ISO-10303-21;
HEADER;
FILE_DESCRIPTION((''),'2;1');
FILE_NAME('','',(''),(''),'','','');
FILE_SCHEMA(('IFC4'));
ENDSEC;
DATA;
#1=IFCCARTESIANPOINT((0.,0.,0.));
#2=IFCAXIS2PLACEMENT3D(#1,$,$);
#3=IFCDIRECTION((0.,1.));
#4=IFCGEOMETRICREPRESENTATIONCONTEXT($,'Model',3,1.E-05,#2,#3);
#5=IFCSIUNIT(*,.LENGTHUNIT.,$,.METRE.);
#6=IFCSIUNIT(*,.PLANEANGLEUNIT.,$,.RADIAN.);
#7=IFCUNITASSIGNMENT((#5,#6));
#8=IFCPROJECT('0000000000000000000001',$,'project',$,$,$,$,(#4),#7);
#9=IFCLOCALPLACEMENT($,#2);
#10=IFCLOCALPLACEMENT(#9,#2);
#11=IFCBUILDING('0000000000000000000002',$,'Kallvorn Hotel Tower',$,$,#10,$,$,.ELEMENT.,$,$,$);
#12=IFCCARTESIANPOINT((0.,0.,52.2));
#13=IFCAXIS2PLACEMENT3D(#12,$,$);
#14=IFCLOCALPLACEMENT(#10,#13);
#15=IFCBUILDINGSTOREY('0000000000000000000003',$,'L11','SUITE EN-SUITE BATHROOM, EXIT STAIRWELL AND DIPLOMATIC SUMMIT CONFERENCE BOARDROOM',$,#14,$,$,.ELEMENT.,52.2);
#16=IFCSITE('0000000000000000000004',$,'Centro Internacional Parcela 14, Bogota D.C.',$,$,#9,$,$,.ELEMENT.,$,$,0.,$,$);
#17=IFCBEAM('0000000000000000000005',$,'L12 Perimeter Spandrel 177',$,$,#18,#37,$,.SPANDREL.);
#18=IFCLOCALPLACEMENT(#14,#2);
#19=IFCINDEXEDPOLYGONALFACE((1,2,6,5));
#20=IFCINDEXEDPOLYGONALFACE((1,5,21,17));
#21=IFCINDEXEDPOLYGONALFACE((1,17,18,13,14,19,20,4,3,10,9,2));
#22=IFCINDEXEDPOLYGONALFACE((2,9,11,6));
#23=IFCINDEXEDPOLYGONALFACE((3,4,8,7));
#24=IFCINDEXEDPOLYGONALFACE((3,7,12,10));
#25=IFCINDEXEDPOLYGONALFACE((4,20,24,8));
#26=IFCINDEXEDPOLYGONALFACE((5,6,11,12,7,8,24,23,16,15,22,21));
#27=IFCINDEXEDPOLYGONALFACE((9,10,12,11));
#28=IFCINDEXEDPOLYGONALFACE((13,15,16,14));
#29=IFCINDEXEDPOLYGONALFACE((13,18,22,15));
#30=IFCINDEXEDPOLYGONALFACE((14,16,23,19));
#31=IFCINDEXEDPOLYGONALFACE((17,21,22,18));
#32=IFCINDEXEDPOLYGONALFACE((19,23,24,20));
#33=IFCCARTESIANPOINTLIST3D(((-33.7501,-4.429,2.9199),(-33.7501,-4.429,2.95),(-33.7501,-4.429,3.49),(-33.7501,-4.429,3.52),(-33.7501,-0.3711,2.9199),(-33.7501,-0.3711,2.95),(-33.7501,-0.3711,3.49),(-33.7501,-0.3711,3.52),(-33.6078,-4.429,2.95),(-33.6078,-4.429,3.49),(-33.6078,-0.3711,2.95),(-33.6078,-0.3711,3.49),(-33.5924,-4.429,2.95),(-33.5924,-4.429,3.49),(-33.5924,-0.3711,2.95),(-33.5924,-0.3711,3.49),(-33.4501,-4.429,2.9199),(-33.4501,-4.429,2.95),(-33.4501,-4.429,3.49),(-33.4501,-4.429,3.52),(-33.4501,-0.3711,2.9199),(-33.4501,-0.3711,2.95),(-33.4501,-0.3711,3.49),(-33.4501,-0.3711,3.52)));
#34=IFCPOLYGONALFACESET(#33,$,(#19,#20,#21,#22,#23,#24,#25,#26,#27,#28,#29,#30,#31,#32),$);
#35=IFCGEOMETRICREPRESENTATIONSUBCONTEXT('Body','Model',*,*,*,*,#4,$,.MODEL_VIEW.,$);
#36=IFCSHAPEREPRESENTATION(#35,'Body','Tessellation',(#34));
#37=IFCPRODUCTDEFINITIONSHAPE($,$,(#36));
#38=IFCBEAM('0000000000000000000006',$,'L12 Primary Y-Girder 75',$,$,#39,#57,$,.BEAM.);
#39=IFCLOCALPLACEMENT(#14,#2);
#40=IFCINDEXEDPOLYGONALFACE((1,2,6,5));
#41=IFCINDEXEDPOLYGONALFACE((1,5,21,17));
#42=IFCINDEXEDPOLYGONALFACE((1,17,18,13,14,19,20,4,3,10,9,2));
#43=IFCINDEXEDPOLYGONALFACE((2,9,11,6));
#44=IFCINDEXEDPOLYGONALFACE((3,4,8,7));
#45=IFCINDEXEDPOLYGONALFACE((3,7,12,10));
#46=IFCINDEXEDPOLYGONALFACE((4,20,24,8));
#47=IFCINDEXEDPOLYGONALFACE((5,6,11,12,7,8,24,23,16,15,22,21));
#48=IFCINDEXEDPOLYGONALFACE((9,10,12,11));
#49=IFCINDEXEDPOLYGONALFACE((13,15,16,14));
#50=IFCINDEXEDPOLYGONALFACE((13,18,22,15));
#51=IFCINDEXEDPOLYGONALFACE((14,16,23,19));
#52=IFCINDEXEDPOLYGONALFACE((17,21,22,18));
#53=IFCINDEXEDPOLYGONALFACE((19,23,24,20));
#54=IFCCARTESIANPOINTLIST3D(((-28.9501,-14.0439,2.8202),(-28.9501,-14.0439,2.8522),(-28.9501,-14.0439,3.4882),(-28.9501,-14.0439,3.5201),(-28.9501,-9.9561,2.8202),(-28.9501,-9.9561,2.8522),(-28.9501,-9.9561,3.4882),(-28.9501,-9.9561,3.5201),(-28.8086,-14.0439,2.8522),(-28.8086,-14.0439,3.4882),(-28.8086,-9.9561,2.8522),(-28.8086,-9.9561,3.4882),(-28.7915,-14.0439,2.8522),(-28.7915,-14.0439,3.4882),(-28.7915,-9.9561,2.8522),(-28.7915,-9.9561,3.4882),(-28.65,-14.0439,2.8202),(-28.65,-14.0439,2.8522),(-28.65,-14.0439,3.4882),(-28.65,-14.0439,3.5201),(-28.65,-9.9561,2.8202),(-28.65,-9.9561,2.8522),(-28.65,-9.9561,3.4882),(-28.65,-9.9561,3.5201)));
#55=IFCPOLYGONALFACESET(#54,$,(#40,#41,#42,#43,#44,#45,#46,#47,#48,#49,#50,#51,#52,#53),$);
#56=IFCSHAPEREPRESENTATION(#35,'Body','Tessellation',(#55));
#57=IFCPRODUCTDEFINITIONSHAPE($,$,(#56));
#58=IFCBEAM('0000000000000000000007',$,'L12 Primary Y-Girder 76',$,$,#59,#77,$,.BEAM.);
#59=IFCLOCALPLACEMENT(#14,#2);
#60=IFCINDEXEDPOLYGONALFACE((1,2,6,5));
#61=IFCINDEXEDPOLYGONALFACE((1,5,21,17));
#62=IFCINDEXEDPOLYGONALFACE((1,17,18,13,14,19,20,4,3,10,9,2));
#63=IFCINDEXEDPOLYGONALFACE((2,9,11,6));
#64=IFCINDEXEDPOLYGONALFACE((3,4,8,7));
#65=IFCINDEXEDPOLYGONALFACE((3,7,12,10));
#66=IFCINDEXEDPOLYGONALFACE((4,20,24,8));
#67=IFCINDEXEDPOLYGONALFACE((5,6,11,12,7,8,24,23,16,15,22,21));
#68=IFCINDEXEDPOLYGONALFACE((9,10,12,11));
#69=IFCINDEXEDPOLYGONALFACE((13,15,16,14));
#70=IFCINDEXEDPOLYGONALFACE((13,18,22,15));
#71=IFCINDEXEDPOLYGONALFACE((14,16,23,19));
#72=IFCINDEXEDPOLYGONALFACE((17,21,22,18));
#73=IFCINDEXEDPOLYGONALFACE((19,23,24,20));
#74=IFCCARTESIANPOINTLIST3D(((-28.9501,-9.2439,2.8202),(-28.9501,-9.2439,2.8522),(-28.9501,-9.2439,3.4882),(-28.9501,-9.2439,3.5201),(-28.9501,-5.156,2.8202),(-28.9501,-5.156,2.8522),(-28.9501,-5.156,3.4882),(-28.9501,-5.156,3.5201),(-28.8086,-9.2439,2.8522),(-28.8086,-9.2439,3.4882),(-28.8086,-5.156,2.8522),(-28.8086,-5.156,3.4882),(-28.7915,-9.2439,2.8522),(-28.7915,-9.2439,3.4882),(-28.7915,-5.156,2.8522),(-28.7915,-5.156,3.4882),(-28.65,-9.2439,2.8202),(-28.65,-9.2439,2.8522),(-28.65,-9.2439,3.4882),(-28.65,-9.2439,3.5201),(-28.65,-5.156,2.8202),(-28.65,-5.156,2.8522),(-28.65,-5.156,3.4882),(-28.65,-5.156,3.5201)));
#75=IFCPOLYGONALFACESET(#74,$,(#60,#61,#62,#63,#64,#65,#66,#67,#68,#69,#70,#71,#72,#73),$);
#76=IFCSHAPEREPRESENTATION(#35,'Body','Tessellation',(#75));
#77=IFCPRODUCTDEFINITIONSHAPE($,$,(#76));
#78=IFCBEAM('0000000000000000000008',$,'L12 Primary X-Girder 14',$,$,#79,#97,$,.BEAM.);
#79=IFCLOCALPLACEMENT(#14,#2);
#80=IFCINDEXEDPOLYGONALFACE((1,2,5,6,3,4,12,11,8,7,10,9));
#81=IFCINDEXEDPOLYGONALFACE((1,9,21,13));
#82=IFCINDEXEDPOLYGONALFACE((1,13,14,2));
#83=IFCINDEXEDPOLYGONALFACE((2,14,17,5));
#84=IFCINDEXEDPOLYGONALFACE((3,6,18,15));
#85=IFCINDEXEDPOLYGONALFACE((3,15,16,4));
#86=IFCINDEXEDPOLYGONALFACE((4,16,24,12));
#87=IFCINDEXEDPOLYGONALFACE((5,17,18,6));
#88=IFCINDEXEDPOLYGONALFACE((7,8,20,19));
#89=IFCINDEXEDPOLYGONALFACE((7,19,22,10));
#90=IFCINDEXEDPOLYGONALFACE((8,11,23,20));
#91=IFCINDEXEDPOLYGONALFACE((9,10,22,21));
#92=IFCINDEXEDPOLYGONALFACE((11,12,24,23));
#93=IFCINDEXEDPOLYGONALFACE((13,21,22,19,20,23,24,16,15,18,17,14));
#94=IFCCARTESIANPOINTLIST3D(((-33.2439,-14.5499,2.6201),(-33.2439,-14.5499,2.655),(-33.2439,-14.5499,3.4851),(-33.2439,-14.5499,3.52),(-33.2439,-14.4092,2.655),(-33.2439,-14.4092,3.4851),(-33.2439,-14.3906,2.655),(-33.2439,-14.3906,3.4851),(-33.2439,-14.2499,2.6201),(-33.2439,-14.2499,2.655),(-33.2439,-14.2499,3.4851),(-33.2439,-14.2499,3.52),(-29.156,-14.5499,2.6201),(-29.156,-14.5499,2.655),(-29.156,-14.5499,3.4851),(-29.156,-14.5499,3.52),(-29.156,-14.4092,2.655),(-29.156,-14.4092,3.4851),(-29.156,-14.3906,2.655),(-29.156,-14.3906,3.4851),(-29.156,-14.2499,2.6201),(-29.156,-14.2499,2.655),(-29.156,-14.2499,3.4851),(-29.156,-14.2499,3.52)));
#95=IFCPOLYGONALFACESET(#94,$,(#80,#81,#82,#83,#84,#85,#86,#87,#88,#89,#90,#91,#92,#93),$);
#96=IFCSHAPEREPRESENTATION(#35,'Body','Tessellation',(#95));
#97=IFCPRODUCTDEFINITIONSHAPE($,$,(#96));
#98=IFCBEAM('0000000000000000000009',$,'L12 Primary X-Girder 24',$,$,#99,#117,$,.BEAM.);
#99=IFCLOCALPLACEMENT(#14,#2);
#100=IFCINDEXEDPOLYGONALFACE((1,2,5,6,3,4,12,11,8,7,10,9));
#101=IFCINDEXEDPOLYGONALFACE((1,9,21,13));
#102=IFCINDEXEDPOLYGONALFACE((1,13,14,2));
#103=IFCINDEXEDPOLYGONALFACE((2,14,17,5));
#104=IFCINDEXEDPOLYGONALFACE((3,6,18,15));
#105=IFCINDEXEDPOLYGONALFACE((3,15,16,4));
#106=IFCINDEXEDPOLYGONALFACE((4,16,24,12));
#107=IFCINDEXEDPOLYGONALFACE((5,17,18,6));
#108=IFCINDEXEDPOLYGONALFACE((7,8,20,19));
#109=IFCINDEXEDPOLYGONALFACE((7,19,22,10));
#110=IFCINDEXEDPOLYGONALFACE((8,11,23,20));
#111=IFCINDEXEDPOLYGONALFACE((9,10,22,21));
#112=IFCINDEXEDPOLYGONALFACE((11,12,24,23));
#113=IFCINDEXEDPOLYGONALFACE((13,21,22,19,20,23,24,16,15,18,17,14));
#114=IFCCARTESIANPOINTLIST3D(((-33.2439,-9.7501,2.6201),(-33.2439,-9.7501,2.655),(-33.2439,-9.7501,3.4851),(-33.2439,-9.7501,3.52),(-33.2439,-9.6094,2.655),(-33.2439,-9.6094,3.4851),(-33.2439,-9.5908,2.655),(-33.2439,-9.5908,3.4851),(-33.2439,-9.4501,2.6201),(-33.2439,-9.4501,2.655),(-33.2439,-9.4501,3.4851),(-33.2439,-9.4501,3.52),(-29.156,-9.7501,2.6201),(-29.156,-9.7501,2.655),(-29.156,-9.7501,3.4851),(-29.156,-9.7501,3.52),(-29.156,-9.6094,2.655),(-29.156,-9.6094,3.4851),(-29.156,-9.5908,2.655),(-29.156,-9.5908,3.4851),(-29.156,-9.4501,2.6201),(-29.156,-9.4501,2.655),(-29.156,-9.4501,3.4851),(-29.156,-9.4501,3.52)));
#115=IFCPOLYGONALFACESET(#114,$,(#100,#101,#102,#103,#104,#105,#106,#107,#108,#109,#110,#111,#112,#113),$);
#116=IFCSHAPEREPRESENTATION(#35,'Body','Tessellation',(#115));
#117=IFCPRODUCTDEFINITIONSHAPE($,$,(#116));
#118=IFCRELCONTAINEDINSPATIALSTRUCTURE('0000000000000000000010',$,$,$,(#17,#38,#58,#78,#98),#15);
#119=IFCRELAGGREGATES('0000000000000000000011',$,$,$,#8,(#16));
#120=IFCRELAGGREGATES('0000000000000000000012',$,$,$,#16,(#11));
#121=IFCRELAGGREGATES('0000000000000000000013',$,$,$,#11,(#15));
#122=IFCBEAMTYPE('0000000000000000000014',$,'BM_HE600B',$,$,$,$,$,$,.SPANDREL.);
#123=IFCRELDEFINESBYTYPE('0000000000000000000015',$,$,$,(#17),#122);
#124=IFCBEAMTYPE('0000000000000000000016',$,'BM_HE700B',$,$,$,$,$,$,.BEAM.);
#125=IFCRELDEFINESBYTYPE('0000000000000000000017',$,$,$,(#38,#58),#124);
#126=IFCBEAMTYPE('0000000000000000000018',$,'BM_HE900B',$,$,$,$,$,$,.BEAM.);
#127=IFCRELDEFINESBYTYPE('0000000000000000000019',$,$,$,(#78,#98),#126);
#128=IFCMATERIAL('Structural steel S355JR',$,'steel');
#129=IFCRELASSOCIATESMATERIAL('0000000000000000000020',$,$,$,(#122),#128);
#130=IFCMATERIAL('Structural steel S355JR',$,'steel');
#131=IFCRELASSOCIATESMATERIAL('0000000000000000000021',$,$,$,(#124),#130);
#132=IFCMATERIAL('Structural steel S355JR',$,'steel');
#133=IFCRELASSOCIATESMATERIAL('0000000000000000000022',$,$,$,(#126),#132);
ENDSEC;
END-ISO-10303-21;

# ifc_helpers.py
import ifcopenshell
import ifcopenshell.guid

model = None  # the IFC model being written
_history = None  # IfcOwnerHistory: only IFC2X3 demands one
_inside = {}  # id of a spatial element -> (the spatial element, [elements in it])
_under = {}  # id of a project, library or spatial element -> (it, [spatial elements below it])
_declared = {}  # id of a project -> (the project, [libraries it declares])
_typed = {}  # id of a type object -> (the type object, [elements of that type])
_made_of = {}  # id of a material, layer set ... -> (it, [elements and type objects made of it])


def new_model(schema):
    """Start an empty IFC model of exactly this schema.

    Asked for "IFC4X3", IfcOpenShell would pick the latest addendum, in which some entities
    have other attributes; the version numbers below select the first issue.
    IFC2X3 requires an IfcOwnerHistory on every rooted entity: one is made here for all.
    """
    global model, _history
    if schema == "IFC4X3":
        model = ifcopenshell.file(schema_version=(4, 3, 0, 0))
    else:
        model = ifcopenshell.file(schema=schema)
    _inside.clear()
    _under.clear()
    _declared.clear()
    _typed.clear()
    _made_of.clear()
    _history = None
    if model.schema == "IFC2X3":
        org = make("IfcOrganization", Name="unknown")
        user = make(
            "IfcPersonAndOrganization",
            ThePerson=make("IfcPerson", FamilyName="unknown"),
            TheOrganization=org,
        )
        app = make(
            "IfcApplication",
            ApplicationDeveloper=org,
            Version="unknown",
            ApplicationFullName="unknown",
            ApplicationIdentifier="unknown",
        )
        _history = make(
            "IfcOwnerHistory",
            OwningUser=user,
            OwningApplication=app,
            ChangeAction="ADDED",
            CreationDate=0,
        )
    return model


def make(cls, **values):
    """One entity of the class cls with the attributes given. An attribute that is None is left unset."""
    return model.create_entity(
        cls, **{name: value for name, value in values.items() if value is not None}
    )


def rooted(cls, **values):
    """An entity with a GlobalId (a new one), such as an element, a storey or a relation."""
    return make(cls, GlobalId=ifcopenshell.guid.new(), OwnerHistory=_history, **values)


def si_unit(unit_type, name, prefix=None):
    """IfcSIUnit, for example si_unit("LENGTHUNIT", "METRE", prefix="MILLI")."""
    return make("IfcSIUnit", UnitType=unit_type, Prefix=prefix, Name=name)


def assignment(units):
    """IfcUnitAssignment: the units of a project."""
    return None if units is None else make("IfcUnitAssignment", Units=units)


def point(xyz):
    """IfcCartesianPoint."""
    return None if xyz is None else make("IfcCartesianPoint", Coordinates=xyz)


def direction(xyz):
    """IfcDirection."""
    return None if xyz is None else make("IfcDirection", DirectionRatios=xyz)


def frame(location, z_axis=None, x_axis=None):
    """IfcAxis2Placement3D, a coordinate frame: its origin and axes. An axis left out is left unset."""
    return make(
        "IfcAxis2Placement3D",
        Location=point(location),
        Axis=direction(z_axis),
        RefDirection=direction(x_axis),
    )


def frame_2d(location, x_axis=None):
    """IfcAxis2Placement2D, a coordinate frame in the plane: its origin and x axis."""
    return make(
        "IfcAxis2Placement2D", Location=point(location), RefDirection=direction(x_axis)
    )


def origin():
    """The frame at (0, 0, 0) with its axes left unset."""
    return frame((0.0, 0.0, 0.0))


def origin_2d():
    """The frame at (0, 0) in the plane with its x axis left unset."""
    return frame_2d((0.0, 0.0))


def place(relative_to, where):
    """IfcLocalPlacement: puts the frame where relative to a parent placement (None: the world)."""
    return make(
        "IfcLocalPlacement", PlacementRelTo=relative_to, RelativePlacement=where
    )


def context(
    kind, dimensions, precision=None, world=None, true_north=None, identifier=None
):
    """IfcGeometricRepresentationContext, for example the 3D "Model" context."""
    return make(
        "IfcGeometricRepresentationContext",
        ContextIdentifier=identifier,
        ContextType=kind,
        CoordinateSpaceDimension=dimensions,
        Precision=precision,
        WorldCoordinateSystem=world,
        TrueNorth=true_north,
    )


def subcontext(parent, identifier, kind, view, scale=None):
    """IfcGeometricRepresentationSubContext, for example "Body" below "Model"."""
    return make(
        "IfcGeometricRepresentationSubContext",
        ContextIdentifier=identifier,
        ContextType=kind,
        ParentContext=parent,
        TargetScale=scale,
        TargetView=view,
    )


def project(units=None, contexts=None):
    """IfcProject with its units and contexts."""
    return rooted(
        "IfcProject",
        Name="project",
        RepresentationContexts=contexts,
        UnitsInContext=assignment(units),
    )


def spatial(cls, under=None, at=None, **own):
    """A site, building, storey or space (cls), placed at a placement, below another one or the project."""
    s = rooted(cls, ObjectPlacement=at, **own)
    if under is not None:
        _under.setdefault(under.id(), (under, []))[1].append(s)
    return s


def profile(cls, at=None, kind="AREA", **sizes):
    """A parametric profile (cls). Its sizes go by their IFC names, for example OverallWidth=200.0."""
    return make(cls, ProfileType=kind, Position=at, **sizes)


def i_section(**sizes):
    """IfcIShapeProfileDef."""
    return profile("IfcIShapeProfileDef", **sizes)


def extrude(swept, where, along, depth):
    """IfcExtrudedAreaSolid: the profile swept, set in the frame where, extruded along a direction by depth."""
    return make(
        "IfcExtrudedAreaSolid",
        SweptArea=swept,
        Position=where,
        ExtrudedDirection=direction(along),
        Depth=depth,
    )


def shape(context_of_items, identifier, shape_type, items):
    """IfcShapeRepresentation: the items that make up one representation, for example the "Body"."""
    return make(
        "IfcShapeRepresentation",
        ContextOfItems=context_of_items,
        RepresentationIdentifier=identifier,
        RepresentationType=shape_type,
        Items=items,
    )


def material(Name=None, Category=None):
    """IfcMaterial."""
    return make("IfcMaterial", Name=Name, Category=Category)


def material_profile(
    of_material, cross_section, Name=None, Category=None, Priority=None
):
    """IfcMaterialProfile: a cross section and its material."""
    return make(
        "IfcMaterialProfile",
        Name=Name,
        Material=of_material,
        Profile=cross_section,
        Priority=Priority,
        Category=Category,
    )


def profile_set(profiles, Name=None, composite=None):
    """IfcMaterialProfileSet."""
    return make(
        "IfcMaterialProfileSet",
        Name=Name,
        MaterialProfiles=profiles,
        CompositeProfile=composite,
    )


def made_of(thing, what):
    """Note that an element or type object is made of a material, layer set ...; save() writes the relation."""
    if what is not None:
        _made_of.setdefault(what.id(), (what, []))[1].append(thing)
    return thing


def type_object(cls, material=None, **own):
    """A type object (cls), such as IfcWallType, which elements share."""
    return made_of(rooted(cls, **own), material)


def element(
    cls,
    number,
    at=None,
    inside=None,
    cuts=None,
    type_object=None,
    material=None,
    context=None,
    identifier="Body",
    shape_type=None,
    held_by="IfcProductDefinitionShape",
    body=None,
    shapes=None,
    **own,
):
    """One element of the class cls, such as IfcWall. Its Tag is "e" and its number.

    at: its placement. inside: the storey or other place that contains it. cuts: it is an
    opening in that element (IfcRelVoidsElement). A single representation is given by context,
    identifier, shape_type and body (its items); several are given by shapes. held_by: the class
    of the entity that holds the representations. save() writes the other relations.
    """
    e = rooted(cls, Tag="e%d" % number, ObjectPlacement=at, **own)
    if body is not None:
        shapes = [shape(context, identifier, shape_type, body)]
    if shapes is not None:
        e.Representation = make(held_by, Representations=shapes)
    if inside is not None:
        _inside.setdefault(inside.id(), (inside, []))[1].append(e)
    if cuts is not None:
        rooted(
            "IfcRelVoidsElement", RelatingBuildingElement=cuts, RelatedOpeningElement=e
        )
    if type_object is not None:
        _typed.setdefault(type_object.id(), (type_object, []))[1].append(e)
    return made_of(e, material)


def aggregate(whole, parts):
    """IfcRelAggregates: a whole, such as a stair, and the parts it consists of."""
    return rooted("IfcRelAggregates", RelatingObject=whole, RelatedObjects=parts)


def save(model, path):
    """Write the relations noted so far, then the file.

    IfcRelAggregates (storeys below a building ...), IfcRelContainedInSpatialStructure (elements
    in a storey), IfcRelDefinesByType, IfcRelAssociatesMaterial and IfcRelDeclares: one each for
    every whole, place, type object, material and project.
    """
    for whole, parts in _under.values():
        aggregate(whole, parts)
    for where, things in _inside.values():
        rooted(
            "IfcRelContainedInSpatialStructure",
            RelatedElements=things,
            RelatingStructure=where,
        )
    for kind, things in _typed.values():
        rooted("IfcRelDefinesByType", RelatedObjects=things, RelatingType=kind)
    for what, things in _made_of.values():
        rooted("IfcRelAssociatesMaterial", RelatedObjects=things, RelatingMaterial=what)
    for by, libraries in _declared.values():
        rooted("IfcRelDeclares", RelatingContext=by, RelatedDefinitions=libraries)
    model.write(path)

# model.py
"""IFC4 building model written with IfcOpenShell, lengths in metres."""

from ifc_helpers import new_model, si_unit, direction, frame, origin, origin_2d, place, context, subcontext, project, spatial, i_section, extrude, material, material_profile, profile_set, type_object, element, save


model = new_model("IFC4")

# Units and contexts
model_context = context("Model", 3, precision=1e-05, world=origin(), true_north=direction((0.0, 1.0)))
body_context = subcontext(model_context, "Body", "Model", "MODEL_VIEW")
ifc_project = project(units=[si_unit("LENGTHUNIT", "METRE"), si_unit("PLANEANGLEUNIT", "RADIAN")], contexts=[model_context])

# Site, building, storey
site_placement = place(None, origin())
site = spatial("IfcSite", under=ifc_project, at=site_placement, Name="Centro Internacional Parcela 14, Bogota D.C.", CompositionType="ELEMENT", RefElevation=0.0)
building_placement = place(site_placement, origin())
building = spatial("IfcBuilding", under=site, at=building_placement, Name="Kallvorn Hotel Tower", CompositionType="ELEMENT")
storey_placement = place(building_placement, frame((0.0, 0.0, 52.2)))
storey = spatial("IfcBuildingStorey", under=building, at=storey_placement, Name="L11", Description="SUITE EN-SUITE BATHROOM, EXIT STAIRWELL AND DIPLOMATIC SUMMIT CONFERENCE BOARDROOM", CompositionType="ELEMENT", Elevation=52.2)

# Beams
ifc_material_1 = material(Name="Structural steel S355JR", Category="steel")
ifc_material_profile_1 = material_profile(ifc_material_1, i_section(OverallWidth=0.3, OverallDepth=0.6001, WebThickness=0.0154, FlangeThickness=0.03, at=origin_2d()), Name="HE 600 B")
ifc_profile_set_1 = profile_set([ifc_material_profile_1], Name="Structural steel S355JR")
beam_type_1 = type_object("IfcBeamType", Name="BM_HE600B", PredefinedType="SPANDREL", material=ifc_profile_set_1)
beam_placement = place(storey_placement, frame((-33.6001, -4.429, 3.22), z_axis=(0.0, 1.0, 0.0), x_axis=(-1.0, 0.0, 0.0)))
element("IfcBeam", 1, at=beam_placement, inside=storey, type_object=beam_type_1, Name="L12 Perimeter Spandrel 177", PredefinedType="SPANDREL", context=body_context, shape_type="SweptSolid", body=[
    extrude(i_section(OverallWidth=0.3, OverallDepth=0.6001, WebThickness=0.0154, FlangeThickness=0.03, at=origin_2d()), origin(), (0.0, 0.0, 1.0), 4.0579),
])
ifc_material_2 = material(Name="Structural steel S355JR", Category="steel")
ifc_material_profile_2 = material_profile(ifc_material_2, i_section(OverallWidth=0.3, OverallDepth=0.7, WebThickness=0.0171, FlangeThickness=0.032, at=origin_2d()), Name="HE 700 B")
ifc_profile_set_2 = profile_set([ifc_material_profile_2], Name="Structural steel S355JR")
beam_type_2 = type_object("IfcBeamType", Name="BM_HE700B", PredefinedType="BEAM", material=ifc_profile_set_2)
for number, where, z_axis, x_axis, name in (
    (2, (-28.8, -14.0439, 3.1702), (0.0, 1.0, 0.0), (-1.0, 0.0, 0.0), "L12 Primary Y-Girder 75"),
    (3, (-28.8, -9.2439, 3.1702), (0.0, 1.0, 0.0), (-1.0, 0.0, 0.0), "L12 Primary Y-Girder 76"),
):
    element("IfcBeam", number, at=place(storey_placement, frame(where, z_axis=z_axis, x_axis=x_axis)), inside=storey, type_object=beam_type_2, Name=name, PredefinedType="BEAM", context=body_context, shape_type="SweptSolid", body=[
        extrude(i_section(OverallWidth=0.3, OverallDepth=0.7, WebThickness=0.0171, FlangeThickness=0.032, at=origin_2d()), origin(), (0.0, 0.0, 1.0), 4.0879),
    ])
ifc_material_3 = material(Name="Structural steel S355JR", Category="steel")
ifc_material_profile_3 = material_profile(ifc_material_3, i_section(OverallWidth=0.3, OverallDepth=0.8999, WebThickness=0.0186, FlangeThickness=0.0349, at=origin_2d()), Name="HE 900 B")
ifc_profile_set_3 = profile_set([ifc_material_profile_3], Name="Structural steel S355JR")
beam_type_3 = type_object("IfcBeamType", Name="BM_HE900B", PredefinedType="BEAM", material=ifc_profile_set_3)
for number, where, z_axis, x_axis, name in (
    (4, (-33.2439, -14.3999, 3.0701), (1.0, 0.0, 0.0), (0.0, 1.0, 0.0), "L12 Primary X-Girder 14"),
    (5, (-33.2439, -9.6001, 3.0701), (1.0, 0.0, 0.0), (0.0, 1.0, 0.0), "L12 Primary X-Girder 24"),
):
    element("IfcBeam", number, at=place(storey_placement, frame(where, z_axis=z_axis, x_axis=x_axis)), inside=storey, type_object=beam_type_3, Name=name, PredefinedType="BEAM", context=body_context, shape_type="SweptSolid", body=[
        extrude(i_section(OverallWidth=0.3, OverallDepth=0.8999, WebThickness=0.0186, FlangeThickness=0.0349, at=origin_2d()), origin(), (0.0, 0.0, 1.0), 4.0879),
    ])

save(model, "model.ifc")
